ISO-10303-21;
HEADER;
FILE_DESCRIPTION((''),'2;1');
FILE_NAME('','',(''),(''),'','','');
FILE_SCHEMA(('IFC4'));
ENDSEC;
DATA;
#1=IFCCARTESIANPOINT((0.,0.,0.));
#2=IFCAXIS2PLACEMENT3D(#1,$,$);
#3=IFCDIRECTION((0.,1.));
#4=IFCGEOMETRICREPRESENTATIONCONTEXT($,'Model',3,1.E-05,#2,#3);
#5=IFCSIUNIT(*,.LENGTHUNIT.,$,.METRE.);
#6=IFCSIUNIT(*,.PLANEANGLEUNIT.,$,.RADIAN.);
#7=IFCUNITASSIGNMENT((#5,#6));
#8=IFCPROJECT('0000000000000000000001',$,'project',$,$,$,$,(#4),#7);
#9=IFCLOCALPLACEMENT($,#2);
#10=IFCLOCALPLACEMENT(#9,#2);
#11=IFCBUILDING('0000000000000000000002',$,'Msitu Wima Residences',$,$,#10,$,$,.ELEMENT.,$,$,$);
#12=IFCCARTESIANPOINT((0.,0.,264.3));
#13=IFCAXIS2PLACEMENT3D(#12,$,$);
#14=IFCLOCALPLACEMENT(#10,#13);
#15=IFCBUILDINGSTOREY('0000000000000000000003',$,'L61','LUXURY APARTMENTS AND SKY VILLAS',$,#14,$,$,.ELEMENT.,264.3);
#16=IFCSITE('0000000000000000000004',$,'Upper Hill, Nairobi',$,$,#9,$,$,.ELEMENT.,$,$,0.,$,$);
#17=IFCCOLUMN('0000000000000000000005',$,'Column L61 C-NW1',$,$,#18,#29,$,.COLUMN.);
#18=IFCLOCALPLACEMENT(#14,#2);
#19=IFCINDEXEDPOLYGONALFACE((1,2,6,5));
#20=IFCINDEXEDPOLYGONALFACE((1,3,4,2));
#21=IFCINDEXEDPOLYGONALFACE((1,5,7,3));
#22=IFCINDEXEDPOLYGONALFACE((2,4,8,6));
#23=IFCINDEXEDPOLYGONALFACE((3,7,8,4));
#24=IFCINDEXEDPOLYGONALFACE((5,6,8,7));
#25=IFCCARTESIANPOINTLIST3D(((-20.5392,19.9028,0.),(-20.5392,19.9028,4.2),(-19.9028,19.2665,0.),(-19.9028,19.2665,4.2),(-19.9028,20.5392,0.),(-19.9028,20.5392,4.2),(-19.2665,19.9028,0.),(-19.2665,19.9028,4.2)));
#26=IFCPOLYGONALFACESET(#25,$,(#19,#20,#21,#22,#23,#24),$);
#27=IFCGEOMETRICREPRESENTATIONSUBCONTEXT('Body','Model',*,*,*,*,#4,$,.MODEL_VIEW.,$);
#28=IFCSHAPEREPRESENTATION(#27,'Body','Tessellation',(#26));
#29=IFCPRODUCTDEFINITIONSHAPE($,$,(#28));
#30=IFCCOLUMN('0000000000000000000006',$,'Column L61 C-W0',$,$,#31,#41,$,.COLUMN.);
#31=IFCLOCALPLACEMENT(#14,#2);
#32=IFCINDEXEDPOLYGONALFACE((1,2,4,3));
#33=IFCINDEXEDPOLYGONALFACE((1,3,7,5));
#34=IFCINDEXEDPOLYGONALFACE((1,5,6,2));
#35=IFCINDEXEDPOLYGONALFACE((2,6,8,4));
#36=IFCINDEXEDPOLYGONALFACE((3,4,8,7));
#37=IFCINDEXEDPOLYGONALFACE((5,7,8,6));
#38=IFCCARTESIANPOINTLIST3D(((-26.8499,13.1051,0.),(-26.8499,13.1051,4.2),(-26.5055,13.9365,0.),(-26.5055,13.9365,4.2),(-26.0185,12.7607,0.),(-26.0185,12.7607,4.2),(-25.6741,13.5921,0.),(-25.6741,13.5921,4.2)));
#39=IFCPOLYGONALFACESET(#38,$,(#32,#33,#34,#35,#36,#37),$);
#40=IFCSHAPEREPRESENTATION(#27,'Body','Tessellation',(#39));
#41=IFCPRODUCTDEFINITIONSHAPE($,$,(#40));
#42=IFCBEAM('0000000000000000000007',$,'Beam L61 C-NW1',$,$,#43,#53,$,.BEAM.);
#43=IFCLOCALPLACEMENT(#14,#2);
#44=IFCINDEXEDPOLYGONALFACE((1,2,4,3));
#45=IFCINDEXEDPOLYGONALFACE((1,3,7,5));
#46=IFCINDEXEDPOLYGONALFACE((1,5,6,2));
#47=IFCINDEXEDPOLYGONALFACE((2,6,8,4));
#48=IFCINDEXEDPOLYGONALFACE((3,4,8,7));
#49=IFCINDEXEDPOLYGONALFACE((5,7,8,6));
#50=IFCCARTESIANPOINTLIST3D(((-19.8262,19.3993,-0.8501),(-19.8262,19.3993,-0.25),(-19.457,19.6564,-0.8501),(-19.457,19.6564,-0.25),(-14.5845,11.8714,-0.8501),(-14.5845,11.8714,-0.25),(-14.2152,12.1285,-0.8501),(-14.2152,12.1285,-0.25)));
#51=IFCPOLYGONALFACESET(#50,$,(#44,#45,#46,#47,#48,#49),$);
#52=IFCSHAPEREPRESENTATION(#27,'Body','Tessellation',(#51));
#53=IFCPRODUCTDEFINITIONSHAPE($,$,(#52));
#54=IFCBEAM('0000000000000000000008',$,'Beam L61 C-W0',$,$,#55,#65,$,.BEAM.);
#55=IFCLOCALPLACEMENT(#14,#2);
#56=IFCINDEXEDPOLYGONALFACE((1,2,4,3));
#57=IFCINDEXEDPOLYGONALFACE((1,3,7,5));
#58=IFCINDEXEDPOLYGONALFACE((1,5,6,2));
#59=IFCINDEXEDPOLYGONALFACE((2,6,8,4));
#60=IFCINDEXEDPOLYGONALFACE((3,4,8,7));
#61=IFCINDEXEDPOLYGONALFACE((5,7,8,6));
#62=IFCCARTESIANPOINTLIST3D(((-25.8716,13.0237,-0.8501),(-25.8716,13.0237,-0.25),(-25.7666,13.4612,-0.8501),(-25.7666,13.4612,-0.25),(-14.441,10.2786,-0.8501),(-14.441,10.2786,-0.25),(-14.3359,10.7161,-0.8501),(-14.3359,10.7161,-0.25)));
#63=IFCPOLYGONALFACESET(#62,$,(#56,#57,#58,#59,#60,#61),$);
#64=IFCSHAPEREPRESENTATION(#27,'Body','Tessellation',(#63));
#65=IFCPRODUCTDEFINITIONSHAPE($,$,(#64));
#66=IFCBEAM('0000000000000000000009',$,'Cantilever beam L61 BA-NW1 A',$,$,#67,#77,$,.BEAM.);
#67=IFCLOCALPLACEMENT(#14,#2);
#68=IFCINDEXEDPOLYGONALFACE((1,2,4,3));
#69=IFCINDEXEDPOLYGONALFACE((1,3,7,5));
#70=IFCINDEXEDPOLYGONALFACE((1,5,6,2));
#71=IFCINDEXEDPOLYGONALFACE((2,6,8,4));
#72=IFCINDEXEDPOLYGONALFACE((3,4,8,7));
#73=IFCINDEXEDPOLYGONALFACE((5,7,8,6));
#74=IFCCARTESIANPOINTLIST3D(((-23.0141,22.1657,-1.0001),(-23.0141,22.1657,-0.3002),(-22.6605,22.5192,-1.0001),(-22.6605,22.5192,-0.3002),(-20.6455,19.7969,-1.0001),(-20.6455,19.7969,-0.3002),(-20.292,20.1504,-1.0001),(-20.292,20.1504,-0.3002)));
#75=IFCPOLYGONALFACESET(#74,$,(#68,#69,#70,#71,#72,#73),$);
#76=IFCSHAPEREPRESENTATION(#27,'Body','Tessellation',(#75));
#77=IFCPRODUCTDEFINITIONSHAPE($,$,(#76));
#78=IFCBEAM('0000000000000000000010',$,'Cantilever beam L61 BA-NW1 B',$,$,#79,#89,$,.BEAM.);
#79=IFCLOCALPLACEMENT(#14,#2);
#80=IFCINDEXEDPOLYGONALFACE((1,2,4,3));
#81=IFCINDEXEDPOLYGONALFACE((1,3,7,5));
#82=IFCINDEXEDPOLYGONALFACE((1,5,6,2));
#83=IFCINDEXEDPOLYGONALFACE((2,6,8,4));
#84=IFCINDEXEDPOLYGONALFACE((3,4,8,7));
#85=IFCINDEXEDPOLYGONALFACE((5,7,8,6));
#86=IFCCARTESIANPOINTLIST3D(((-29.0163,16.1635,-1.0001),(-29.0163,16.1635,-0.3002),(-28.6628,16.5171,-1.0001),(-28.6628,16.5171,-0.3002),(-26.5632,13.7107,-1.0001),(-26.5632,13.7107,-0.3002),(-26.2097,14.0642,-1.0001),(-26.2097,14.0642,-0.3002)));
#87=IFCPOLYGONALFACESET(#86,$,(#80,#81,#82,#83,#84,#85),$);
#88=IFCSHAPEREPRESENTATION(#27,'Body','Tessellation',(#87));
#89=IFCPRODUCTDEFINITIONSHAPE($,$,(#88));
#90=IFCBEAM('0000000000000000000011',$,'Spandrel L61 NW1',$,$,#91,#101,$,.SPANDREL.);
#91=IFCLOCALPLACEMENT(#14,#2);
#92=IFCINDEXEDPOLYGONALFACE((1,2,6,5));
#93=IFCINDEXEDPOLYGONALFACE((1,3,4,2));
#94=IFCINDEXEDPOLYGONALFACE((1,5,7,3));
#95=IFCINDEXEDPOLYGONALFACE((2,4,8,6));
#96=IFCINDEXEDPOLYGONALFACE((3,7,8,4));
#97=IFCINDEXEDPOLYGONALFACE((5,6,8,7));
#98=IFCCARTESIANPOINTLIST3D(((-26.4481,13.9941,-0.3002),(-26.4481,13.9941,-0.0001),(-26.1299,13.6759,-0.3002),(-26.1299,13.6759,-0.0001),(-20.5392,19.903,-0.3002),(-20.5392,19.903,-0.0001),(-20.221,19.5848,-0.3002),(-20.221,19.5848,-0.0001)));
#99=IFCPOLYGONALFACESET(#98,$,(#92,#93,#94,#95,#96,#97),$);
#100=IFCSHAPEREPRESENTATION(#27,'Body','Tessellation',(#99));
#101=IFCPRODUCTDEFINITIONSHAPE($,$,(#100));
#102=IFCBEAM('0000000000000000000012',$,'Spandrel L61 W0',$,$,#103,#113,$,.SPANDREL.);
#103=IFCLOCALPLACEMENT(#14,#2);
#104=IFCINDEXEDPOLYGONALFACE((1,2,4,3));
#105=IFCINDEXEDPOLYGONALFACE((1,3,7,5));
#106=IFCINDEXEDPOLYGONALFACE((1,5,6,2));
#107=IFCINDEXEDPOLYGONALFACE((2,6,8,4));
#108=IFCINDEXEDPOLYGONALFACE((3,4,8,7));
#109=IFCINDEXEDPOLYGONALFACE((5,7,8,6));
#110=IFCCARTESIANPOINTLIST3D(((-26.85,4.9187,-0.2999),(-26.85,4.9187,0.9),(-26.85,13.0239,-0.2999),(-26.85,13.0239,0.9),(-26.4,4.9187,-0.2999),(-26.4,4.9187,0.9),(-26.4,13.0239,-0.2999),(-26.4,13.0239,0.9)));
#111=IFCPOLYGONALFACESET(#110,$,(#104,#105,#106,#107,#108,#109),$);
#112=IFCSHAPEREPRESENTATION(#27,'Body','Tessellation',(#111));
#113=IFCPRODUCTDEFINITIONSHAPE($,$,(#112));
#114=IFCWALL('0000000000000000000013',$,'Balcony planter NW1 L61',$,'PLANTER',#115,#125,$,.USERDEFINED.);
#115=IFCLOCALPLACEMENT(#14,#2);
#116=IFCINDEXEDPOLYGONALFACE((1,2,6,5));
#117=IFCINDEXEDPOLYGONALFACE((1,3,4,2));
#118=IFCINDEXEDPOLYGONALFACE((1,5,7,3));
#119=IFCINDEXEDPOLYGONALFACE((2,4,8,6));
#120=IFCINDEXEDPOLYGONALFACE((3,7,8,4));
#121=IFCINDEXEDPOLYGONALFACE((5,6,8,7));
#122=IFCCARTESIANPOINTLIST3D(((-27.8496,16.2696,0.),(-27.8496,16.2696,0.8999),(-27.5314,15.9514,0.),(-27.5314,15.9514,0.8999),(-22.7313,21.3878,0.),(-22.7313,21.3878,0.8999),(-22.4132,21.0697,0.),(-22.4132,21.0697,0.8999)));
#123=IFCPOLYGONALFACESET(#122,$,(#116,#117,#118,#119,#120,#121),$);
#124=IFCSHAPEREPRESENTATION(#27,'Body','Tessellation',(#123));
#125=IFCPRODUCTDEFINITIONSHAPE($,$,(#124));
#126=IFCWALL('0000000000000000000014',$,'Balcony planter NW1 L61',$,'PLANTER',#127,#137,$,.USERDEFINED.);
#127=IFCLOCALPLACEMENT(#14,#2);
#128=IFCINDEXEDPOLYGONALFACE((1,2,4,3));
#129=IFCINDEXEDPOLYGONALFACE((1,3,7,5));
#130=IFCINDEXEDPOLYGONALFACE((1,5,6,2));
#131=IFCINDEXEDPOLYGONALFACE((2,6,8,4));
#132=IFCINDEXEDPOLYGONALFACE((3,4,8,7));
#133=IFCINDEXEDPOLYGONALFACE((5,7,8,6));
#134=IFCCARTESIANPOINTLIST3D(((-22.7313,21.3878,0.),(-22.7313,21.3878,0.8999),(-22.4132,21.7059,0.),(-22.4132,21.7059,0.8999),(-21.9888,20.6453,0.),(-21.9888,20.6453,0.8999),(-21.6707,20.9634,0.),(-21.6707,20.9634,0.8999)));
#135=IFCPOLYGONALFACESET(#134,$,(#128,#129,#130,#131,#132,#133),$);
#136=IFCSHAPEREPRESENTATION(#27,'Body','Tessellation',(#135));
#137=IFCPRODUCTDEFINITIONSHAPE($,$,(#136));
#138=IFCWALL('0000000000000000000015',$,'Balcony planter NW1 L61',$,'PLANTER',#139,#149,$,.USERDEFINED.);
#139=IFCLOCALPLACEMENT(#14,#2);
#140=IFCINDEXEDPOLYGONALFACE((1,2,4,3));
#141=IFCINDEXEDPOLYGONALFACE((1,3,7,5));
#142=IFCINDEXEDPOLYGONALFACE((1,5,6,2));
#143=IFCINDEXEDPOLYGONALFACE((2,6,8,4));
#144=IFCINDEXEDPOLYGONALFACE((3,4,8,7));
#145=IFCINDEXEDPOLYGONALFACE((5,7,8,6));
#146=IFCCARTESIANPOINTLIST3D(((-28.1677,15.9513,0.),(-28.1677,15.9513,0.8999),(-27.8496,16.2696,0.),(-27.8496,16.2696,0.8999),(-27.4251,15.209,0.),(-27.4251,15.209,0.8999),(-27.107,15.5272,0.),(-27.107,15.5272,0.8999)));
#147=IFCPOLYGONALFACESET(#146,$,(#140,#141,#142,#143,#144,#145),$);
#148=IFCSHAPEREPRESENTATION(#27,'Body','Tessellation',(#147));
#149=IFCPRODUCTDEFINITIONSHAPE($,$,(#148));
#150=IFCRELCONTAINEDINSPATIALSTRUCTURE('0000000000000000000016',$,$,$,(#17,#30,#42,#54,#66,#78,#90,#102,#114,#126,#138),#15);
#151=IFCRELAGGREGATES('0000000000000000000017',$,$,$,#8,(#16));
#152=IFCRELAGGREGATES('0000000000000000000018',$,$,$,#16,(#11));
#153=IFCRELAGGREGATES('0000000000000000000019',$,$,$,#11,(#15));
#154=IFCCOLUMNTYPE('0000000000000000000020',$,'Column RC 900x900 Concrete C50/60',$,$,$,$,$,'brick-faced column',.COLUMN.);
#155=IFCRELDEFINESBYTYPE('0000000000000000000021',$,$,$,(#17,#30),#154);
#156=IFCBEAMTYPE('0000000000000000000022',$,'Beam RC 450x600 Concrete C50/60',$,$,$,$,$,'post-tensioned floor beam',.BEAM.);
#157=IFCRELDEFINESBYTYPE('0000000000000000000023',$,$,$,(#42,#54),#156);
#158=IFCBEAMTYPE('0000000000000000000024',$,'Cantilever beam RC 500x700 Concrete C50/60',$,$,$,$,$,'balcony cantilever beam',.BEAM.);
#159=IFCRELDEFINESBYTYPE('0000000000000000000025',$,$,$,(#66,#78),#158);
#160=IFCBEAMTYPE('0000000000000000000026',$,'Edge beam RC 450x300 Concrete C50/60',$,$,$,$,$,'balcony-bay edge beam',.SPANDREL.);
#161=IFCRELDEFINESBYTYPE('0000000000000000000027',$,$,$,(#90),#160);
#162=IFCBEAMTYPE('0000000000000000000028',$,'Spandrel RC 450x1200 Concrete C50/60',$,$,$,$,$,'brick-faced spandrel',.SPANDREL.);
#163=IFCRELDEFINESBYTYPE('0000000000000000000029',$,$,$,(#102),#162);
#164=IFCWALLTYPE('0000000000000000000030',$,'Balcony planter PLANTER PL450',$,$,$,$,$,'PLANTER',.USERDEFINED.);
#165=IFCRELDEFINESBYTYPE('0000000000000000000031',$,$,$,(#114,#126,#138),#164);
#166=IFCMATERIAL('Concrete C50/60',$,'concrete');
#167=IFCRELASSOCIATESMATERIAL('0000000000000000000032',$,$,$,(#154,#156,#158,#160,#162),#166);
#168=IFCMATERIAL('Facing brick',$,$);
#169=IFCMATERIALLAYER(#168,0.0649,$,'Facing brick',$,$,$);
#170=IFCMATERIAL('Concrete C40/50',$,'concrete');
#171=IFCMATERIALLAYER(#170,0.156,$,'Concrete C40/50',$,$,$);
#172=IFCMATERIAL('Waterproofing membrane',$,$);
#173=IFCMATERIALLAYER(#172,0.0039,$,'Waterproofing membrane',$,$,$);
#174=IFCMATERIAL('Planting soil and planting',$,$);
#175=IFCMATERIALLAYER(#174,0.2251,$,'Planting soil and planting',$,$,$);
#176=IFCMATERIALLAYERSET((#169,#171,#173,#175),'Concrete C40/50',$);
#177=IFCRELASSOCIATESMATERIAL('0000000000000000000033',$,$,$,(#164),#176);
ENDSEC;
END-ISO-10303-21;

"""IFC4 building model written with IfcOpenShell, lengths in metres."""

from ifc_helpers import new_model, si_unit, direction, frame, frame_2d, origin, origin_2d, place, context, subcontext, project, spatial, rectangle, extrude, material, layer, layer_set, material_profile, profile_set, type_object, element, save


model = new_model("IFC4")

# Units and contexts
model_context = context("Model", 3, precision=1e-05, world=origin(), true_north=direction((0.0, 1.0)))
body_context = subcontext(model_context, "Body", "Model", "MODEL_VIEW")
ifc_project = project(units=[si_unit("LENGTHUNIT", "METRE"), si_unit("PLANEANGLEUNIT", "RADIAN")], contexts=[model_context])

# Site, building, storey
site_placement = place(None, origin())
site = spatial("IfcSite", under=ifc_project, at=site_placement, Name="Upper Hill, Nairobi", CompositionType="ELEMENT", RefElevation=0.0)
building_placement = place(site_placement, origin())
building = spatial("IfcBuilding", under=site, at=building_placement, Name="Msitu Wima Residences", CompositionType="ELEMENT")
storey_placement = place(building_placement, frame((0.0, 0.0, 264.3)))
storey = spatial("IfcBuildingStorey", under=building, at=storey_placement, Name="L61", Description="LUXURY APARTMENTS AND SKY VILLAS", CompositionType="ELEMENT", Elevation=264.3)

# Columns
ifc_material_1 = material(Name="Concrete C50/60", Category="concrete")
ifc_material_profile_1 = material_profile(ifc_material_1, rectangle(XDim=0.8999, YDim=0.8999, at=origin_2d()), Name="RC 900x900")
ifc_profile_set_1 = profile_set([ifc_material_profile_1], Name="Concrete C50/60")
column_type = type_object("IfcColumnType", Name="Column RC 900x900 Concrete C50/60", ElementType="brick-faced column", PredefinedType="COLUMN", material=ifc_profile_set_1)
for number, where, z_axis, x_axis, name in (
    (1, (-19.9028, 19.9028, 0.0), (0.0, 0.0, 1.0), (-0.707107, -0.707107, 0.0), "Column L61 C-NW1"),
    (2, (-26.262, 13.3486, 0.0), (0.0, 0.0, 1.0), (-0.382683, -0.92388, 0.0), "Column L61 C-W0"),
):
    element("IfcColumn", number, at=place(storey_placement, frame(where, z_axis=z_axis, x_axis=x_axis)), inside=storey, type_object=column_type, Name=name, PredefinedType="COLUMN", context=body_context, shape_type="SweptSolid", body=[
        extrude(rectangle(XDim=0.8999, YDim=0.8999, at=origin_2d()), origin(), (0.0, 0.0, 1.0), 4.2),
    ])

# Beams
ifc_material_profile_2 = material_profile(ifc_material_1, rectangle(XDim=0.45, YDim=0.6001, at=origin_2d()), Name="RC 450x600")
ifc_profile_set_2 = profile_set([ifc_material_profile_2], Name="Concrete C50/60")
beam_type_1 = type_object("IfcBeamType", Name="Beam RC 450x600 Concrete C50/60", ElementType="post-tensioned floor beam", PredefinedType="BEAM", material=ifc_profile_set_2)
beam_1_placement = place(storey_placement, frame((-19.6416, 19.5278, -0.55), z_axis=(0.571428, -0.820652, 0.0), x_axis=(0.820652, 0.571428, 0.0)))
element("IfcBeam", 3, at=beam_1_placement, inside=storey, type_object=beam_type_1, Name="Beam L61 C-NW1", PredefinedType="BEAM", context=body_context, shape_type="SweptSolid", body=[
    extrude(rectangle(XDim=0.45, YDim=0.6001, at=origin_2d()), origin(), (0.0, 0.0, 1.0), 9.1731),
])
beam_2_placement = place(storey_placement, frame((-25.8191, 13.2424, -0.55), z_axis=(0.972353, -0.233514, 0.0), x_axis=(0.233514, 0.972353, 0.0)))
element("IfcBeam", 4, at=beam_2_placement, inside=storey, type_object=beam_type_1, Name="Beam L61 C-W0", PredefinedType="BEAM", context=body_context, shape_type="SweptSolid", body=[
    extrude(rectangle(XDim=0.45, YDim=0.6001, at=origin_2d()), origin(), (0.0, 0.0, 1.0), 11.7556),
])
ifc_material_profile_3 = material_profile(ifc_material_1, rectangle(XDim=0.5, YDim=0.7, at=origin_2d()), Name="RC 500x700")
ifc_profile_set_3 = profile_set([ifc_material_profile_3], Name="Concrete C50/60")
beam_type_2 = type_object("IfcBeamType", Name="Cantilever beam RC 500x700 Concrete C50/60", ElementType="balcony cantilever beam", PredefinedType="BEAM", material=ifc_profile_set_3)
beam_3_placement = place(storey_placement, frame((-20.4688, 19.9736, -0.6501), z_axis=(-0.70707, 0.707143, 0.0), x_axis=(-0.707143, -0.70707, 0.0)))
element("IfcBeam", 5, at=beam_3_placement, inside=storey, type_object=beam_type_2, Name="Cantilever beam L61 BA-NW1 A", PredefinedType="BEAM", context=body_context, shape_type="SweptSolid", body=[
    extrude(rectangle(XDim=0.5, YDim=0.7, at=origin_2d()), origin(), (0.0, 0.0, 1.0), 3.3499),
])
beam_4_placement = place(storey_placement, frame((-26.3865, 13.8875, -0.6501), z_axis=(-0.707142, 0.707072, 0.0), x_axis=(-0.707072, -0.707142, 0.0)))
element("IfcBeam", 6, at=beam_4_placement, inside=storey, type_object=beam_type_2, Name="Cantilever beam L61 BA-NW1 B", PredefinedType="BEAM", context=body_context, shape_type="SweptSolid", body=[
    extrude(rectangle(XDim=0.5, YDim=0.7, at=origin_2d()), origin(), (0.0, 0.0, 1.0), 3.469),
])
ifc_material_profile_4 = material_profile(ifc_material_1, rectangle(XDim=0.45, YDim=0.3, at=origin_2d()), Name="RC 450x300")
ifc_profile_set_4 = profile_set([ifc_material_profile_4], Name="Concrete C50/60")
beam_type_3 = type_object("IfcBeamType", Name="Edge beam RC 450x300 Concrete C50/60", ElementType="balcony-bay edge beam", PredefinedType="SPANDREL", material=ifc_profile_set_4)
beam_5_placement = place(storey_placement, frame((-20.3801, 19.7439, -0.1501), z_axis=(-0.707107, -0.707107, 0.0), x_axis=(0.707107, -0.707107, 0.0)))
element("IfcBeam", 7, at=beam_5_placement, inside=storey, type_object=beam_type_3, Name="Spandrel L61 NW1", PredefinedType="SPANDREL", context=body_context, shape_type="SweptSolid", body=[
    extrude(rectangle(XDim=0.45, YDim=0.3, at=origin_2d()), origin(), (0.0, 0.0, 1.0), 8.3564),
])
ifc_material_profile_5 = material_profile(ifc_material_1, rectangle(XDim=0.45, YDim=1.2, at=origin_2d()), Name="RC 450x1200")
ifc_profile_set_5 = profile_set([ifc_material_profile_5], Name="Concrete C50/60")
beam_type_4 = type_object("IfcBeamType", Name="Spandrel RC 450x1200 Concrete C50/60", ElementType="brick-faced spandrel", PredefinedType="SPANDREL", material=ifc_profile_set_5)
beam_6_placement = place(storey_placement, frame((-26.625, 13.0239, 0.3), z_axis=(0.0, -1.0, 0.0), x_axis=(1.0, 0.0, 0.0)))
element("IfcBeam", 8, at=beam_6_placement, inside=storey, type_object=beam_type_4, Name="Spandrel L61 W0", PredefinedType="SPANDREL", context=body_context, shape_type="SweptSolid", body=[
    extrude(rectangle(XDim=0.45, YDim=1.2, at=origin_2d()), origin(), (0.0, 0.0, 1.0), 8.1052),
])

# Walls
ifc_material_2 = material(Name="Facing brick")
ifc_layer_1 = layer(ifc_material_2, 0.0649, Name="Facing brick")
ifc_material_3 = material(Name="Concrete C40/50", Category="concrete")
ifc_layer_2 = layer(ifc_material_3, 0.156, Name="Concrete C40/50")
ifc_material_4 = material(Name="Waterproofing membrane")
ifc_layer_3 = layer(ifc_material_4, 0.0039, Name="Waterproofing membrane")
ifc_material_5 = material(Name="Planting soil and planting")
ifc_layer_4 = layer(ifc_material_5, 0.2251, Name="Planting soil and planting")
ifc_layer_set_1 = layer_set([ifc_layer_1, ifc_layer_2, ifc_layer_3, ifc_layer_4], Name="Concrete C40/50")
wall_type_1 = type_object("IfcWallType", Name="Balcony planter PLANTER PL450", ElementType="PLANTER", PredefinedType="USERDEFINED", material=ifc_layer_set_1)
wall_1_placement = place(storey_placement, frame((-22.5723, 21.2288, 0.0), z_axis=(0.0, 0.0, 1.0), x_axis=(-0.707107, -0.707107, 0.0)))
element("IfcWall", 9, at=wall_1_placement, inside=storey, type_object=wall_type_1, Name="Balcony planter NW1 L61", ObjectType="PLANTER", PredefinedType="USERDEFINED", context=body_context, shape_type="SweptSolid", body=[
    extrude(rectangle(XDim=7.2383, YDim=0.45, at=frame_2d((3.6191, 0.0))), origin(), (0.0, 0.0, 1.0), 0.8999),
])
for number, where, z_axis, x_axis, name in (
    (10, (-21.8298, 20.8044, 0.0), (0.0, 0.0, 1.0), (-0.707107, 0.707107, 0.0), "Balcony planter NW1 L61"),
    (11, (-27.2661, 15.3682, 0.0), (0.0, 0.0, 1.0), (-0.707223, 0.706991, 0.0), "Balcony planter NW1 L61"),
):
    element("IfcWall", number, at=place(storey_placement, frame(where, z_axis=z_axis, x_axis=x_axis)), inside=storey, type_object=wall_type_1, Name=name, ObjectType="PLANTER", PredefinedType="USERDEFINED", context=body_context, shape_type="SweptSolid", body=[
        extrude(rectangle(XDim=1.05, YDim=0.45, at=frame_2d((0.5249, 0.0))), origin(), (0.0, 0.0, 1.0), 0.8999),
    ])

save(model, "model.ifc")
